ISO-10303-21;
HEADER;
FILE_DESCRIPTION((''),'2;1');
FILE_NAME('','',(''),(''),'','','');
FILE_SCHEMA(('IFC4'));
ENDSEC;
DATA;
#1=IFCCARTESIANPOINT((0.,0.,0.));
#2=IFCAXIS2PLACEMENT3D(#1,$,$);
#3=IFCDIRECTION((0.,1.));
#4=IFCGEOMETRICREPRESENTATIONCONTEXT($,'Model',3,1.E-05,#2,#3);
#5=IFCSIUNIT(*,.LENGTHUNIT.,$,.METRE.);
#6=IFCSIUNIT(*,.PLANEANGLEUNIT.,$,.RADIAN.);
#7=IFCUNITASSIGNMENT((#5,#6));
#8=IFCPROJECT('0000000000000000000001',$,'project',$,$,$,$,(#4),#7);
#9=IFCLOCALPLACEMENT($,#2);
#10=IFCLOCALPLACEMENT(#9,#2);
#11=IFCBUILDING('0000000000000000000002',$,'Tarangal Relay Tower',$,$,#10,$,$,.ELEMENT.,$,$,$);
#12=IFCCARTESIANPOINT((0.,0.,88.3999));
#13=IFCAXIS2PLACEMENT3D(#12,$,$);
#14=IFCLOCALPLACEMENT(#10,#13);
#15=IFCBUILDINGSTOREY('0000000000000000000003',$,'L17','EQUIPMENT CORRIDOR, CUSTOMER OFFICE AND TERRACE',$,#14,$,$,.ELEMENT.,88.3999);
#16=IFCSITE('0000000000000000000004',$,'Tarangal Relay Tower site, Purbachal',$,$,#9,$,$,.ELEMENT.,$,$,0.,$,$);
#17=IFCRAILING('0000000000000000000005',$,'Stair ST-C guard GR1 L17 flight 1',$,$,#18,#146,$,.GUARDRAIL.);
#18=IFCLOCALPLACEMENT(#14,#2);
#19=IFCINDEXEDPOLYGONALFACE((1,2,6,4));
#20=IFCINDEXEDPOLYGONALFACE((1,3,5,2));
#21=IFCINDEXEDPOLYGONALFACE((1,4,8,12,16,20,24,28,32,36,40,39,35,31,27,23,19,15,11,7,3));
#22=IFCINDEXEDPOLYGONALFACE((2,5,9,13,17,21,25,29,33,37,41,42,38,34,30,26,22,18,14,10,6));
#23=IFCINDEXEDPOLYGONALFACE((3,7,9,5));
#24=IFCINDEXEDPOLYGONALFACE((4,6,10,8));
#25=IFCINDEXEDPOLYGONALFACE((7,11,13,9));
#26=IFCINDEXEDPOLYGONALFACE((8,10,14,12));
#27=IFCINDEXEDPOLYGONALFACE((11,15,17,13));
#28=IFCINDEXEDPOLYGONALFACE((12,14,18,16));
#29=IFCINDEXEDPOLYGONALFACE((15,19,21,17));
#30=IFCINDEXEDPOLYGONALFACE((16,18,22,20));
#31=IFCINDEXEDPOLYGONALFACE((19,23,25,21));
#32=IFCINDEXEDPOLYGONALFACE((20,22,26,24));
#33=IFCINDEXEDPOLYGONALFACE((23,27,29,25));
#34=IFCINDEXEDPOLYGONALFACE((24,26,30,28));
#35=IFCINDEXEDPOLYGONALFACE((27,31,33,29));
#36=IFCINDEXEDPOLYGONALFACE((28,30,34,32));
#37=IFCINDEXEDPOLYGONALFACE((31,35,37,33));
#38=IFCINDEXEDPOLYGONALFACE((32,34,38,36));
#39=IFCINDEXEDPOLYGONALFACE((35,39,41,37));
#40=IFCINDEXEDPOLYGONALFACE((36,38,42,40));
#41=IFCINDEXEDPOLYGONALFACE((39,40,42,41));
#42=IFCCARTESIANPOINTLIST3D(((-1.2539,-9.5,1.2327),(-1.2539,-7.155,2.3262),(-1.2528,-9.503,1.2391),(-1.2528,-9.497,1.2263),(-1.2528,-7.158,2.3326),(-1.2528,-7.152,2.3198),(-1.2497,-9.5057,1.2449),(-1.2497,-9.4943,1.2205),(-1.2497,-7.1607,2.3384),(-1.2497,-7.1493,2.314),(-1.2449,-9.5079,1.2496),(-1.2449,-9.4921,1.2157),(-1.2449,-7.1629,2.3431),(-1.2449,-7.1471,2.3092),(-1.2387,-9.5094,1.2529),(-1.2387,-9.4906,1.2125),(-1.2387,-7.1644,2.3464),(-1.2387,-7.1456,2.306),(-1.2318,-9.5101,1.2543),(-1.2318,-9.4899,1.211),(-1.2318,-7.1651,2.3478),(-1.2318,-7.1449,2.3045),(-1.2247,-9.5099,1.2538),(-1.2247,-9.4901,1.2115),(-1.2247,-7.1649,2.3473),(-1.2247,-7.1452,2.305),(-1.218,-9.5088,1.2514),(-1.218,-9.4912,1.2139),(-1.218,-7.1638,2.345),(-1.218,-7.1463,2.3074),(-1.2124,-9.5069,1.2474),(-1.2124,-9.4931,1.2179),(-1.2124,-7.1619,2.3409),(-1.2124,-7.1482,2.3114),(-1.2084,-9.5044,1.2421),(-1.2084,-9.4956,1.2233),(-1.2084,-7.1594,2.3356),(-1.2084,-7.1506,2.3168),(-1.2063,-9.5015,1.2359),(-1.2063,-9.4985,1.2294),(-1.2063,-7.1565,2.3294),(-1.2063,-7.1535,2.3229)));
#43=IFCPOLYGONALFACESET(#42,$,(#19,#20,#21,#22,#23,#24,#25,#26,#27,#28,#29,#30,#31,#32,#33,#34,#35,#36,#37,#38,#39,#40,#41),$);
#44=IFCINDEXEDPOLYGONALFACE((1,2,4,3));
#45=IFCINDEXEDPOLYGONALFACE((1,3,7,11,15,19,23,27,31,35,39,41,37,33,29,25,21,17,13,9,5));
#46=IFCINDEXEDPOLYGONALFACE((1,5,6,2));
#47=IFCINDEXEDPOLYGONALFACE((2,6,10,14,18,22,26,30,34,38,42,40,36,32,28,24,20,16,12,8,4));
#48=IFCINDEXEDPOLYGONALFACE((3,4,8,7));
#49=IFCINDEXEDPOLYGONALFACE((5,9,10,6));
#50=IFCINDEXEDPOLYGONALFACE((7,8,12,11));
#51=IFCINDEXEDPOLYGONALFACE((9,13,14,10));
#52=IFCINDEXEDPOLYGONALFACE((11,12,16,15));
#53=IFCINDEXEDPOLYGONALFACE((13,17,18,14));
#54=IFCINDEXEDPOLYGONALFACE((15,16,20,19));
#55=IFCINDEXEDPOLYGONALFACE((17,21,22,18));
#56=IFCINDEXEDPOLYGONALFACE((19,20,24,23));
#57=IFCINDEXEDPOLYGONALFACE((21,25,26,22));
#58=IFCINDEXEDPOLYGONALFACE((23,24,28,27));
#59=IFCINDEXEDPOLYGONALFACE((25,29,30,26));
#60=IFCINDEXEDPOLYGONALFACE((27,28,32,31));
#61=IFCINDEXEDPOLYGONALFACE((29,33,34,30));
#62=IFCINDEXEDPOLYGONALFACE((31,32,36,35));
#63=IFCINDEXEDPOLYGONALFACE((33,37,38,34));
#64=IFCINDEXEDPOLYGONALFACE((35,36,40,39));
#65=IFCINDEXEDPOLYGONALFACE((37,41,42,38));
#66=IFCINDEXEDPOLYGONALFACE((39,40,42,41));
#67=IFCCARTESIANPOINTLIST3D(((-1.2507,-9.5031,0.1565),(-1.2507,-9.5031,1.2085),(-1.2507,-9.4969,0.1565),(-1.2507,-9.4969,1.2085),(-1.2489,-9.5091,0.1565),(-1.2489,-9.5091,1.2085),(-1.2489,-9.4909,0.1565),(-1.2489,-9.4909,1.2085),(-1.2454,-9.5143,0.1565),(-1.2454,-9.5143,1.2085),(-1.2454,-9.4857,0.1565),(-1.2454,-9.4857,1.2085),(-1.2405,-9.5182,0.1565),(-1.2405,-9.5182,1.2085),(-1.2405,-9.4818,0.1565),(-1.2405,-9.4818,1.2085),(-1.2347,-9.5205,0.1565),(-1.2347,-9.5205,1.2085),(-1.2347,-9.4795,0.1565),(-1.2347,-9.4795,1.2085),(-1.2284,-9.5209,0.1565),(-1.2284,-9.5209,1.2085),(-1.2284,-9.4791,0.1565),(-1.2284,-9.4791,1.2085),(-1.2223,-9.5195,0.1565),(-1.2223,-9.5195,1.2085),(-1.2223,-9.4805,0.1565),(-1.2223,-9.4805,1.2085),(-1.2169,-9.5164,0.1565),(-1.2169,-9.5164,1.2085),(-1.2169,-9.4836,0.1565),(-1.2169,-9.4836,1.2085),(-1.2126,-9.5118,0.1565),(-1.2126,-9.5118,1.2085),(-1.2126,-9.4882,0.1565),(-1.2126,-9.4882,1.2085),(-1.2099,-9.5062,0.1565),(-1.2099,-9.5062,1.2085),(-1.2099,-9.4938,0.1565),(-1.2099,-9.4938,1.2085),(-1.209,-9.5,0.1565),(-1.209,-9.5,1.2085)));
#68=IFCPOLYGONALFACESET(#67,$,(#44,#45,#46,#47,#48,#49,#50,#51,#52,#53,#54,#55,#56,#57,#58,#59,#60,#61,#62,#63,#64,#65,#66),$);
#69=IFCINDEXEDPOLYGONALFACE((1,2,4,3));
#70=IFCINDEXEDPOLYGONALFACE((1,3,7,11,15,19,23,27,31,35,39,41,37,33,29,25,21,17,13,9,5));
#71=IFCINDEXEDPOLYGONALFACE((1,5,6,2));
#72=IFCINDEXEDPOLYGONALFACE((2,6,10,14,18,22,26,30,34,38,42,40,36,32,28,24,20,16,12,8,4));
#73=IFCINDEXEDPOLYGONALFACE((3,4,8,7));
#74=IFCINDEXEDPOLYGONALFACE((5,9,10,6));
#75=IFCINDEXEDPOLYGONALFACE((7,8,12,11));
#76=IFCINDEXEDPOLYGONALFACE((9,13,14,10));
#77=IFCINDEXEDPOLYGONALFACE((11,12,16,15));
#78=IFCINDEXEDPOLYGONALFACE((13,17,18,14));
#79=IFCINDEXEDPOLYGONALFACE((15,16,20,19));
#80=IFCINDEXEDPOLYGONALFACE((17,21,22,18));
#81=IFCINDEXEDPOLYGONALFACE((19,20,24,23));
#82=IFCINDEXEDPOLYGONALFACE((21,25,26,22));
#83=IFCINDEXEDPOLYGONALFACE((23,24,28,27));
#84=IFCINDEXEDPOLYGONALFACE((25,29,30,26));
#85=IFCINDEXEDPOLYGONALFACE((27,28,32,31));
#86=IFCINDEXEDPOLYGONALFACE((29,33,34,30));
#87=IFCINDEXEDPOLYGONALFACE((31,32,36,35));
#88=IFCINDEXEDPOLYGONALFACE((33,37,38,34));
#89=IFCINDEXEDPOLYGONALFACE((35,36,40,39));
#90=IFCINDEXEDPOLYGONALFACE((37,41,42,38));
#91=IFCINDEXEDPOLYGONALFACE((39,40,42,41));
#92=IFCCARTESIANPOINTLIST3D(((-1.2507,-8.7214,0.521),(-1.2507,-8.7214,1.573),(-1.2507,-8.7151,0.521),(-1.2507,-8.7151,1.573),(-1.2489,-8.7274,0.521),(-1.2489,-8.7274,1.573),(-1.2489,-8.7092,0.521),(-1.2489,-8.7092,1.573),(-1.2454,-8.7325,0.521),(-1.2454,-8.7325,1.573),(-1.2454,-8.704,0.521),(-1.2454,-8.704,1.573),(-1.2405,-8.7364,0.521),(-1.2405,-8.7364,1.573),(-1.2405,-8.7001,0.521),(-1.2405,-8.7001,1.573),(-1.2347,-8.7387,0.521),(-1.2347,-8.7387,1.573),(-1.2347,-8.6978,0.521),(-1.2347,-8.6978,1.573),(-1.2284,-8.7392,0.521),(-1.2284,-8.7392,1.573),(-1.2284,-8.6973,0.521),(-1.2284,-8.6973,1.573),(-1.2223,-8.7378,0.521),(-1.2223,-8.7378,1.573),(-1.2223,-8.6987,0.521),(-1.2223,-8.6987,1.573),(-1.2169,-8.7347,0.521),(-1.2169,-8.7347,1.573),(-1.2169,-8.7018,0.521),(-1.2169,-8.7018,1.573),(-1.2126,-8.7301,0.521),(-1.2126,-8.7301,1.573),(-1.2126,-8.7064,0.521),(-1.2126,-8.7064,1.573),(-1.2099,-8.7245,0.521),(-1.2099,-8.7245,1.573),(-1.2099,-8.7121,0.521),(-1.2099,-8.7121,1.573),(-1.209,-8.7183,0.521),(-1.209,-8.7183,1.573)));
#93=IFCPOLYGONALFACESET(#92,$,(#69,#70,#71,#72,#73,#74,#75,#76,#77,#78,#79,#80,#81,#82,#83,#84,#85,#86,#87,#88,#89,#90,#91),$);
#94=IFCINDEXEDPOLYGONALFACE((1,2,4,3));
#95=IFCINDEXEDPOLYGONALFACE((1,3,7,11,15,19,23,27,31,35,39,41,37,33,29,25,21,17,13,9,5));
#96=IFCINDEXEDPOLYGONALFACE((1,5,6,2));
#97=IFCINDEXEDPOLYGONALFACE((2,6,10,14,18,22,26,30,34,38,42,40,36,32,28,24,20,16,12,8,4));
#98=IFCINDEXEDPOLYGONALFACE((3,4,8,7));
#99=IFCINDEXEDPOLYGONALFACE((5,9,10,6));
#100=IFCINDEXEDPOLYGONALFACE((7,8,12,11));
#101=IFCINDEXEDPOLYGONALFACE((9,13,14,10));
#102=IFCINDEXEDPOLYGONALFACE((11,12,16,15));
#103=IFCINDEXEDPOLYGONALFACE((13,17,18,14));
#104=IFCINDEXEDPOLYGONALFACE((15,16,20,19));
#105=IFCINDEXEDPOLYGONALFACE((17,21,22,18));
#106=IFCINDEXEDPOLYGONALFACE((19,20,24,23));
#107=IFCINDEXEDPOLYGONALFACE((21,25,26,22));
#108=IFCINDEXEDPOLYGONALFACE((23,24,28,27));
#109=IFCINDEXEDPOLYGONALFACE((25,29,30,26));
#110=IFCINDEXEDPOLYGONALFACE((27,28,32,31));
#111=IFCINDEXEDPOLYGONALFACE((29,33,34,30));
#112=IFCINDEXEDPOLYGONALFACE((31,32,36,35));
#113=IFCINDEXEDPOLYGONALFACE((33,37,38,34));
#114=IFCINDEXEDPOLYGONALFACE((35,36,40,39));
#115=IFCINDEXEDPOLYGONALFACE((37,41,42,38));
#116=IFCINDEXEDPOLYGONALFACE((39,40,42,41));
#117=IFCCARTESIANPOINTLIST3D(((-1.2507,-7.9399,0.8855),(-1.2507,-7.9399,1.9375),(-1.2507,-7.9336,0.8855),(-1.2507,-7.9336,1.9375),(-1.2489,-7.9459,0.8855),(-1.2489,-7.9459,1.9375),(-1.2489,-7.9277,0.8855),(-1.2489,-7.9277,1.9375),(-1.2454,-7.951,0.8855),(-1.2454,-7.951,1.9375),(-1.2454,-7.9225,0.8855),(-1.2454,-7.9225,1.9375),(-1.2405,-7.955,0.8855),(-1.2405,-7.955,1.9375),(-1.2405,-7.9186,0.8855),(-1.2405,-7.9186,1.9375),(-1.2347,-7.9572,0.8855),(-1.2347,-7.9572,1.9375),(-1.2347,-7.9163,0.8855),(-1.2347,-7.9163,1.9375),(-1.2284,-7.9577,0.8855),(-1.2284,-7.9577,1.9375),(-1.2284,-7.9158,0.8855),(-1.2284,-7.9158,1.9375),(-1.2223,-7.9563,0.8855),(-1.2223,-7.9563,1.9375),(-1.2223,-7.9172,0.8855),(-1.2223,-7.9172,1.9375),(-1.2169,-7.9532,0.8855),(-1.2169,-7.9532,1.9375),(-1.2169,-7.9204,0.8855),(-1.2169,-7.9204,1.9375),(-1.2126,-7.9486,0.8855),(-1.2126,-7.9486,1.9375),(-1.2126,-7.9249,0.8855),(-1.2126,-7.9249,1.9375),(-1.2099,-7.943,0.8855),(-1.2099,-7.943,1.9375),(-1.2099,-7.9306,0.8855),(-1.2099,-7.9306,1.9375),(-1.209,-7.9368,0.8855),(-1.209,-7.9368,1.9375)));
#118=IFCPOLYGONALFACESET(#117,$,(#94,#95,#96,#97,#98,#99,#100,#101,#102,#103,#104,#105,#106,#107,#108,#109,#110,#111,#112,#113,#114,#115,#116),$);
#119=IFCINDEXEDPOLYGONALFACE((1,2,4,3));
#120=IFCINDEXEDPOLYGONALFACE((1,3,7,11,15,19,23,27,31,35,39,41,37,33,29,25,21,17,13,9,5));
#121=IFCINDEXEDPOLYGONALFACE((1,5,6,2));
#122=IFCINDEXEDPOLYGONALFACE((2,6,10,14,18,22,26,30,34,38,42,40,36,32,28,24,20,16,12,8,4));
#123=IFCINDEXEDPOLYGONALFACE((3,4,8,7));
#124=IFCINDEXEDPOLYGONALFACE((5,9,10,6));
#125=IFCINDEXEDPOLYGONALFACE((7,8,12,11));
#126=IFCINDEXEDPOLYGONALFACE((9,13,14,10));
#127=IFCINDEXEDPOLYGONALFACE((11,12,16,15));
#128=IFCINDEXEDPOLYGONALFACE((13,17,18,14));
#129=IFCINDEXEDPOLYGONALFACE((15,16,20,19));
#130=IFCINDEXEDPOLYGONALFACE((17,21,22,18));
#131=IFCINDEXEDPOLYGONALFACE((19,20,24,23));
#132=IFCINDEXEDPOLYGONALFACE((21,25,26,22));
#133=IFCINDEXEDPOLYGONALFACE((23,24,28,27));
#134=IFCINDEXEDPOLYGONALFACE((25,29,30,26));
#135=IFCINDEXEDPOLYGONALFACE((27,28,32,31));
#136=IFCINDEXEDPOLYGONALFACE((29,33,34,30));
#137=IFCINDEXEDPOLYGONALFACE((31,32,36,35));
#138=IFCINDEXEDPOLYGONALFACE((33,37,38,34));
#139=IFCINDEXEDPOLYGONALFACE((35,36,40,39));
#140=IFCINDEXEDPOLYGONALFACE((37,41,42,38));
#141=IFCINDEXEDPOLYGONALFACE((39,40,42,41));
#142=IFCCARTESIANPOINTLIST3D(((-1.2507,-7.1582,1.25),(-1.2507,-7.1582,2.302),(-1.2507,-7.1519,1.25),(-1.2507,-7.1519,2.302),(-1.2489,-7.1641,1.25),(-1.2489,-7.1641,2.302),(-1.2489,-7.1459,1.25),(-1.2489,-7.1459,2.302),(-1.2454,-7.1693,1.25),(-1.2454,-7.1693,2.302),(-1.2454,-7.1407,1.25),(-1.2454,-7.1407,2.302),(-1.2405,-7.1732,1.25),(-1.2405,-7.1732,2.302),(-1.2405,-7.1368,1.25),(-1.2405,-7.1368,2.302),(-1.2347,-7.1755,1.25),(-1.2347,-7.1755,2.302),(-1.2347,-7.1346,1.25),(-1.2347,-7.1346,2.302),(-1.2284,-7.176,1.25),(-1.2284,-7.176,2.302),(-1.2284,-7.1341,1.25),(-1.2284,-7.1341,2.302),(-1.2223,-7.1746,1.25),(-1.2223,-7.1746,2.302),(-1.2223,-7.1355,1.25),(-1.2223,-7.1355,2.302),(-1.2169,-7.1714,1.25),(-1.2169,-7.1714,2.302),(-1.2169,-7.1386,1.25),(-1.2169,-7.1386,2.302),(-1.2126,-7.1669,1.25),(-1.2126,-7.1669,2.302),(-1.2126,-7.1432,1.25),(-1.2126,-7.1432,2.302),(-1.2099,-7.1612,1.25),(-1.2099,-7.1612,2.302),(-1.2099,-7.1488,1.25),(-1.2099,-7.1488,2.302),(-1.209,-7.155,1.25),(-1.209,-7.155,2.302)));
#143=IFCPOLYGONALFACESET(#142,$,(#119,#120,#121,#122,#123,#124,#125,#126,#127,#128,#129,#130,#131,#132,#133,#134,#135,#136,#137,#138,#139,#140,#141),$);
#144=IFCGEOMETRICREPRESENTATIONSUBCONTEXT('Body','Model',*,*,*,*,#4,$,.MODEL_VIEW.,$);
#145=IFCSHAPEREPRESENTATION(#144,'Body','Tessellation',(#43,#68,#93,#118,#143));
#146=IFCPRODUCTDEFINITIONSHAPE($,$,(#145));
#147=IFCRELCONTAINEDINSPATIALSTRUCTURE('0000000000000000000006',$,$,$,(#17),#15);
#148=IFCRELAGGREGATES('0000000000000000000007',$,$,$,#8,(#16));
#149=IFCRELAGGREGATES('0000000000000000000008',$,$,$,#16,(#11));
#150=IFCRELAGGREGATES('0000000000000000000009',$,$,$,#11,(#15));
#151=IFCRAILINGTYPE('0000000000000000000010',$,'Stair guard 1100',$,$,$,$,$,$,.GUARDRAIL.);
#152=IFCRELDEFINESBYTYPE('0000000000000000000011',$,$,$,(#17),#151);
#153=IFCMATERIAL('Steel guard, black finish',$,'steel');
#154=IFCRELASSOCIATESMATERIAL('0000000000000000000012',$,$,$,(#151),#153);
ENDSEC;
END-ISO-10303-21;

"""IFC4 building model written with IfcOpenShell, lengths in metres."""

from ifc_helpers import new_model, si_unit, direction, frame, origin, origin_2d, place, context, subcontext, project, spatial, circle, extrude, material, type_object, element, save


model = new_model("IFC4")

# Units and contexts
model_context = context("Model", 3, precision=1e-05, world=origin(), true_north=direction((0.0, 1.0)))
body_context = subcontext(model_context, "Body", "Model", "MODEL_VIEW")
ifc_project = project(units=[si_unit("LENGTHUNIT", "METRE"), si_unit("PLANEANGLEUNIT", "RADIAN")], contexts=[model_context])

# Site, building, storey
site_placement = place(None, origin())
site = spatial("IfcSite", under=ifc_project, at=site_placement, Name="Tarangal Relay Tower site, Purbachal", CompositionType="ELEMENT", RefElevation=0.0)
building_placement = place(site_placement, origin())
building = spatial("IfcBuilding", under=site, at=building_placement, Name="Tarangal Relay Tower", CompositionType="ELEMENT")
storey_placement = place(building_placement, frame((0.0, 0.0, 88.3999)))
storey = spatial("IfcBuildingStorey", under=building, at=storey_placement, Name="L17", Description="EQUIPMENT CORRIDOR, CUSTOMER OFFICE AND TERRACE", CompositionType="ELEMENT", Elevation=88.3999)

# Railing
ifc_material_1 = material(Name="Steel guard, black finish", Category="steel")
railing_type_1 = type_object("IfcRailingType", Name="Stair guard 1100", PredefinedType="GUARDRAIL", material=ifc_material_1)
for number, where, name in (
    (1, (-1.23, -9.5, 0.1565), "Stair ST-C guard GR1 L17 flight 1"),
):
    element("IfcRailing", number, at=place(storey_placement, frame(where)), inside=storey, type_object=railing_type_1, Name=name, PredefinedType="GUARDRAIL", context=body_context, shape_type="SweptSolid", body=[
        extrude(circle(Radius=0.0239, at=origin_2d()), frame((0.0, 0.0, 1.0762), z_axis=(0.0, 0.906304, 0.422627), x_axis=(-1.0, 0.0, 0.0)), (0.0, 0.0, 1.0), 2.5874),
        extrude(circle(Radius=0.021, at=origin_2d()), origin(), (0.0, 0.0, 1.0), 1.052),
        extrude(circle(Radius=0.021, at=origin_2d()), frame((0.0, 0.7817, 0.3645)), (0.0, 0.0, 1.0), 1.052),
        extrude(circle(Radius=0.021, at=origin_2d()), frame((0.0, 1.5632, 0.729)), (0.0, 0.0, 1.0), 1.052),
        extrude(circle(Radius=0.021, at=origin_2d()), frame((0.0, 2.345, 1.0935)), (0.0, 0.0, 1.0), 1.052),
    ])

save(model, "model.ifc")
